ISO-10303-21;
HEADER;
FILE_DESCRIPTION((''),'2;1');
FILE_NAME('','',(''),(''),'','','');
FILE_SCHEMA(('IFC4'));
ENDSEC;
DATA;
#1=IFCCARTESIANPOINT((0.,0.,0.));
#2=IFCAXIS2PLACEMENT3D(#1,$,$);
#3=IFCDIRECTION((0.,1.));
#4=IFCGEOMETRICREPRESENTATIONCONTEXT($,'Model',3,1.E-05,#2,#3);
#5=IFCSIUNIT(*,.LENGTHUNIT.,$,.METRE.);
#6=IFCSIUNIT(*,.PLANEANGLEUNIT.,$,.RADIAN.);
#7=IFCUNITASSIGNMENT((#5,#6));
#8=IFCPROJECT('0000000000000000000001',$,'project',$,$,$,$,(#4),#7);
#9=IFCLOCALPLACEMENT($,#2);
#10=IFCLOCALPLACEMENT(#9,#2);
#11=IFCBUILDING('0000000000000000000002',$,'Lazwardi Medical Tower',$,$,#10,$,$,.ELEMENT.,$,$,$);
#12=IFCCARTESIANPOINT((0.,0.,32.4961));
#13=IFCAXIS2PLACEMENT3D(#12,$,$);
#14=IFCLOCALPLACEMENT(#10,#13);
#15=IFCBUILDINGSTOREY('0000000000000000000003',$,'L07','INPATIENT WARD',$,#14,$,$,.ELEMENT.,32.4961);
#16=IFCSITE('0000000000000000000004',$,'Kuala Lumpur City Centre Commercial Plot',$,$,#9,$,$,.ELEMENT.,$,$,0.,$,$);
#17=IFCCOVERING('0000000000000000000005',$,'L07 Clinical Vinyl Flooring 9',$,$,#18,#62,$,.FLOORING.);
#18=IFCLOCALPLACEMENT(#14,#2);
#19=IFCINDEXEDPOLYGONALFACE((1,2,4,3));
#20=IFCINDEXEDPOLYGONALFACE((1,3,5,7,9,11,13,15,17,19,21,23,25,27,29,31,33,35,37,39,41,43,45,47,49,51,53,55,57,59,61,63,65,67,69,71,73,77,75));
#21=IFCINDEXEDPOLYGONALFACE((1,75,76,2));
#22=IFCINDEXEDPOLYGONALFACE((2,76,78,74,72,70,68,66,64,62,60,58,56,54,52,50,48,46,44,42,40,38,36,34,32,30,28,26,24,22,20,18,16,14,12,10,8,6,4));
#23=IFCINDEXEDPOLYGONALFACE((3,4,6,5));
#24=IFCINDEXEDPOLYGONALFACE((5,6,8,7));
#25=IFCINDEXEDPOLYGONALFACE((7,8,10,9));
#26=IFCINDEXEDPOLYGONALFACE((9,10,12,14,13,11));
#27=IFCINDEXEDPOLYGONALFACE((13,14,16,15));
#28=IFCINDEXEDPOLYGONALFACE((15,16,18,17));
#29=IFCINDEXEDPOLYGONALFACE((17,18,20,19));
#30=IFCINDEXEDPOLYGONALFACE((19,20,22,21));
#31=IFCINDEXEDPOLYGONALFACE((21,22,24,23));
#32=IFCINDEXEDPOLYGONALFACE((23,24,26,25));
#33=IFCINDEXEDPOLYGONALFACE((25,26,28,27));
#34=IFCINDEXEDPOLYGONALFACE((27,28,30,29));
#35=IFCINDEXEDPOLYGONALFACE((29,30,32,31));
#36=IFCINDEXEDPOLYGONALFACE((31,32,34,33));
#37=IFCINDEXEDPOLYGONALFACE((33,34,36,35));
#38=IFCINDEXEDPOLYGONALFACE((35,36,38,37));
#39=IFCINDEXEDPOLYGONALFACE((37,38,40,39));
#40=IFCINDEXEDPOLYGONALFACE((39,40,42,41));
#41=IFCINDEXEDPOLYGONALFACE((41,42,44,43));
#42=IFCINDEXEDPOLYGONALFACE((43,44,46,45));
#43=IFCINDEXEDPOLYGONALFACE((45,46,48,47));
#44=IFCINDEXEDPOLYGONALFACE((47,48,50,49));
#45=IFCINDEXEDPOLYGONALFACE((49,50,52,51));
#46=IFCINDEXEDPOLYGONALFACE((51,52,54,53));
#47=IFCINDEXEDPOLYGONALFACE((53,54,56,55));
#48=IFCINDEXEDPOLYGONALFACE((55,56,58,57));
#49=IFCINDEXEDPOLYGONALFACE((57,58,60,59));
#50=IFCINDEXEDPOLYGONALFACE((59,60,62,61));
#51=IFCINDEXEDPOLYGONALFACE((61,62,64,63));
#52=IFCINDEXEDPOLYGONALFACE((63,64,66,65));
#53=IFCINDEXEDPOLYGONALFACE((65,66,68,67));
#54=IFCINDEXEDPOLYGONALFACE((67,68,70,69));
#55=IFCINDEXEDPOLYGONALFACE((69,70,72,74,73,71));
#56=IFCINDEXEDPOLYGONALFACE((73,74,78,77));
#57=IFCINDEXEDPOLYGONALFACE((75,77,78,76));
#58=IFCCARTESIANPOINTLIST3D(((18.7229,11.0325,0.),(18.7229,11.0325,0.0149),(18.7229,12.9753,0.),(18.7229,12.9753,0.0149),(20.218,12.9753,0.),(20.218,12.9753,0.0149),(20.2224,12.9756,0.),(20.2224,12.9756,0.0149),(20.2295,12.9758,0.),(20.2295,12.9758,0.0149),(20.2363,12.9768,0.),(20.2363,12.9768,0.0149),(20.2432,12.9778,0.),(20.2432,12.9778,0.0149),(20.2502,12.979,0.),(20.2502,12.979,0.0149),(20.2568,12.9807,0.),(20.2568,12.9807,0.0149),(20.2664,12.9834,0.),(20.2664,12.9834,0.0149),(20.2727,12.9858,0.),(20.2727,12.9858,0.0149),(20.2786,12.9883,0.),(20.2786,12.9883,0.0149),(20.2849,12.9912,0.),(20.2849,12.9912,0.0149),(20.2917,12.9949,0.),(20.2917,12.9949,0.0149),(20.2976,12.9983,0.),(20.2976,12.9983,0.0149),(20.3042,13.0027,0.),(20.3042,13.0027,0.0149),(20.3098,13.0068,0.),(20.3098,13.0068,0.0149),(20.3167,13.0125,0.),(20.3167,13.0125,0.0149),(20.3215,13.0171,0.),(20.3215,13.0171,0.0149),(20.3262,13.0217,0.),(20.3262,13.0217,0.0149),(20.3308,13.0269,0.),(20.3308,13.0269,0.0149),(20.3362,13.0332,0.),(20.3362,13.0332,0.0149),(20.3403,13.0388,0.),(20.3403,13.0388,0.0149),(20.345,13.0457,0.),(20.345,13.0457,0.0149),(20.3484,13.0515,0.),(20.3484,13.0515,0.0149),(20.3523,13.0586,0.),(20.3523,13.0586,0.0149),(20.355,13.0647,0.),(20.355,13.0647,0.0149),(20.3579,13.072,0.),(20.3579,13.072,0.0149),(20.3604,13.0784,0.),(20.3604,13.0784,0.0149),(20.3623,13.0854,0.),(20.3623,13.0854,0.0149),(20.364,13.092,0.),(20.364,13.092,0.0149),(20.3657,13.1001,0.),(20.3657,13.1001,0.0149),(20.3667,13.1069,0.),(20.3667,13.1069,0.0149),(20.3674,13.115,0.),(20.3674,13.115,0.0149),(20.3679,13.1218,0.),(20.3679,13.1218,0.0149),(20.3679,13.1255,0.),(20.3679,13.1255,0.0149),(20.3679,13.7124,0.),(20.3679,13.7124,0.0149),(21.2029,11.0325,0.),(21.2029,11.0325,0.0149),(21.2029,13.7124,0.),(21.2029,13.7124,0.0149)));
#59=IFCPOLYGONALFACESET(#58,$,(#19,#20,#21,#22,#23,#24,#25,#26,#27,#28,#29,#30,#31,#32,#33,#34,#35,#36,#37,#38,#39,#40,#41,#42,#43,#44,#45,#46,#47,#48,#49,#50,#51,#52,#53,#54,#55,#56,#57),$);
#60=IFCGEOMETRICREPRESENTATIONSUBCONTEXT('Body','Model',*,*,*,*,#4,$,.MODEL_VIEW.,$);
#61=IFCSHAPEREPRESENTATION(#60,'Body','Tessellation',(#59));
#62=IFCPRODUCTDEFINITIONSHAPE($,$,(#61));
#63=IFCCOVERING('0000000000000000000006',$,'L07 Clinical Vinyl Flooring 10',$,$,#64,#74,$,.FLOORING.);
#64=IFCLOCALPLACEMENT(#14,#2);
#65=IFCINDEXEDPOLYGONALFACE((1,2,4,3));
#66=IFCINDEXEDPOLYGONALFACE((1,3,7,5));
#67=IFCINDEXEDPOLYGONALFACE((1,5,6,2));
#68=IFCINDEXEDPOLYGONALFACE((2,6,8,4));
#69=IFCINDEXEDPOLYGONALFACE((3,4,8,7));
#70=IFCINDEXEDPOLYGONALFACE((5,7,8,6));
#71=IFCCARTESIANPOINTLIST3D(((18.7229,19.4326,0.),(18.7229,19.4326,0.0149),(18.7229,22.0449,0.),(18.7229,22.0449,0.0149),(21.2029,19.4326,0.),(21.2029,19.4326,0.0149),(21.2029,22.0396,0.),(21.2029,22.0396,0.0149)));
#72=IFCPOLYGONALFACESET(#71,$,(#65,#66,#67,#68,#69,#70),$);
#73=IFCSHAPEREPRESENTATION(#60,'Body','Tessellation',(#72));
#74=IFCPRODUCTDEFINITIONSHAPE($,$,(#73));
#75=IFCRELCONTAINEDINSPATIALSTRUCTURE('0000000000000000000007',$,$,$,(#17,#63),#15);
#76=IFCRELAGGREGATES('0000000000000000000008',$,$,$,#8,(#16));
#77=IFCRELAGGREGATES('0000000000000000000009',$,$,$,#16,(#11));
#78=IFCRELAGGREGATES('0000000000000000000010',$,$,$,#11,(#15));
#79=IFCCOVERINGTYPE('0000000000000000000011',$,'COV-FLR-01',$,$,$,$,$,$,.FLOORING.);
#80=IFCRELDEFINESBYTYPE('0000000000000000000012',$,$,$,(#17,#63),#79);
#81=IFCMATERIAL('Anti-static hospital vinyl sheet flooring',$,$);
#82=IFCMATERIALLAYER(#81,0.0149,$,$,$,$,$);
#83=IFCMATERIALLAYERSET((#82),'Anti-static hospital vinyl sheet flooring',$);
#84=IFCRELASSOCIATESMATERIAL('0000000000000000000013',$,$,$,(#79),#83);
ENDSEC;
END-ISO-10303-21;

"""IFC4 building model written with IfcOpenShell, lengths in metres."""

from ifc_helpers import new_model, si_unit, direction, frame, origin, place, context, subcontext, project, spatial, polyline, outline, extrude, material, layer, layer_set, type_object, element, save


model = new_model("IFC4")

# Units and contexts
model_context = context("Model", 3, precision=1e-05, world=origin(), true_north=direction((0.0, 1.0)))
body_context = subcontext(model_context, "Body", "Model", "MODEL_VIEW")
ifc_project = project(units=[si_unit("LENGTHUNIT", "METRE"), si_unit("PLANEANGLEUNIT", "RADIAN")], contexts=[model_context])

# Site, building, storey
site_placement = place(None, origin())
site = spatial("IfcSite", under=ifc_project, at=site_placement, Name="Kuala Lumpur City Centre Commercial Plot", CompositionType="ELEMENT", RefElevation=0.0)
building_placement = place(site_placement, origin())
building = spatial("IfcBuilding", under=site, at=building_placement, Name="Lazwardi Medical Tower", CompositionType="ELEMENT")
storey_placement = place(building_placement, frame((0.0, 0.0, 32.4961)))
storey = spatial("IfcBuildingStorey", under=building, at=storey_placement, Name="L07", Description="INPATIENT WARD", CompositionType="ELEMENT", Elevation=32.4961)

# Coverings
ifc_material_1 = material(Name="Anti-static hospital vinyl sheet flooring")
ifc_layer_1 = layer(ifc_material_1, 0.0149)
ifc_layer_set_1 = layer_set([ifc_layer_1], Name="Anti-static hospital vinyl sheet flooring")
covering_type_1 = type_object("IfcCoveringType", Name="COV-FLR-01", PredefinedType="FLOORING", material=ifc_layer_set_1)
covering_1_placement = place(storey_placement, origin())
element("IfcCovering", 1, at=covering_1_placement, inside=storey, type_object=covering_type_1, Name="L07 Clinical Vinyl Flooring 9", PredefinedType="FLOORING", context=body_context, shape_type="SweptSolid", body=[
    extrude(outline(polyline([(20.3679, 13.7124), (20.3679, 13.1255), (20.3679, 13.1218), (20.3674, 13.115), (20.3667, 13.1069), (20.3657, 13.1001), (20.364, 13.092), (20.3623, 13.0854), (20.3604, 13.0784), (20.3579, 13.072), (20.355, 13.0647), (20.3523, 13.0586), (20.3484, 13.0515), (20.345, 13.0457), (20.3403, 13.0388), (20.3362, 13.0332), (20.3308, 13.0269), (20.3262, 13.0217), (20.3215, 13.0171), (20.3167, 13.0125), (20.3098, 13.0068), (20.3042, 13.0027), (20.2976, 12.9983), (20.2917, 12.9949), (20.2849, 12.9912), (20.2786, 12.9883), (20.2727, 12.9858), (20.2664, 12.9834), (20.2568, 12.9807), (20.2502, 12.979), (20.2432, 12.9778), (20.2363, 12.9768), (20.2295, 12.9758), (20.2224, 12.9756), (20.218, 12.9753), (18.7229, 12.9753), (18.7229, 11.0325), (21.2029, 11.0325), (21.2029, 13.7124), (20.3679, 13.7124)])), origin(), (0.0, 0.0, 1.0), 0.0149),
])
covering_2_placement = place(storey_placement, origin())
element("IfcCovering", 2, at=covering_2_placement, inside=storey, type_object=covering_type_1, Name="L07 Clinical Vinyl Flooring 10", PredefinedType="FLOORING", context=body_context, shape_type="SweptSolid", body=[
    extrude(outline(polyline([(21.2029, 22.0396), (18.7229, 22.0449), (18.7229, 19.4326), (21.2029, 19.4326), (21.2029, 22.0396)])), origin(), (0.0, 0.0, 1.0), 0.0149),
])

save(model, "model.ifc")
